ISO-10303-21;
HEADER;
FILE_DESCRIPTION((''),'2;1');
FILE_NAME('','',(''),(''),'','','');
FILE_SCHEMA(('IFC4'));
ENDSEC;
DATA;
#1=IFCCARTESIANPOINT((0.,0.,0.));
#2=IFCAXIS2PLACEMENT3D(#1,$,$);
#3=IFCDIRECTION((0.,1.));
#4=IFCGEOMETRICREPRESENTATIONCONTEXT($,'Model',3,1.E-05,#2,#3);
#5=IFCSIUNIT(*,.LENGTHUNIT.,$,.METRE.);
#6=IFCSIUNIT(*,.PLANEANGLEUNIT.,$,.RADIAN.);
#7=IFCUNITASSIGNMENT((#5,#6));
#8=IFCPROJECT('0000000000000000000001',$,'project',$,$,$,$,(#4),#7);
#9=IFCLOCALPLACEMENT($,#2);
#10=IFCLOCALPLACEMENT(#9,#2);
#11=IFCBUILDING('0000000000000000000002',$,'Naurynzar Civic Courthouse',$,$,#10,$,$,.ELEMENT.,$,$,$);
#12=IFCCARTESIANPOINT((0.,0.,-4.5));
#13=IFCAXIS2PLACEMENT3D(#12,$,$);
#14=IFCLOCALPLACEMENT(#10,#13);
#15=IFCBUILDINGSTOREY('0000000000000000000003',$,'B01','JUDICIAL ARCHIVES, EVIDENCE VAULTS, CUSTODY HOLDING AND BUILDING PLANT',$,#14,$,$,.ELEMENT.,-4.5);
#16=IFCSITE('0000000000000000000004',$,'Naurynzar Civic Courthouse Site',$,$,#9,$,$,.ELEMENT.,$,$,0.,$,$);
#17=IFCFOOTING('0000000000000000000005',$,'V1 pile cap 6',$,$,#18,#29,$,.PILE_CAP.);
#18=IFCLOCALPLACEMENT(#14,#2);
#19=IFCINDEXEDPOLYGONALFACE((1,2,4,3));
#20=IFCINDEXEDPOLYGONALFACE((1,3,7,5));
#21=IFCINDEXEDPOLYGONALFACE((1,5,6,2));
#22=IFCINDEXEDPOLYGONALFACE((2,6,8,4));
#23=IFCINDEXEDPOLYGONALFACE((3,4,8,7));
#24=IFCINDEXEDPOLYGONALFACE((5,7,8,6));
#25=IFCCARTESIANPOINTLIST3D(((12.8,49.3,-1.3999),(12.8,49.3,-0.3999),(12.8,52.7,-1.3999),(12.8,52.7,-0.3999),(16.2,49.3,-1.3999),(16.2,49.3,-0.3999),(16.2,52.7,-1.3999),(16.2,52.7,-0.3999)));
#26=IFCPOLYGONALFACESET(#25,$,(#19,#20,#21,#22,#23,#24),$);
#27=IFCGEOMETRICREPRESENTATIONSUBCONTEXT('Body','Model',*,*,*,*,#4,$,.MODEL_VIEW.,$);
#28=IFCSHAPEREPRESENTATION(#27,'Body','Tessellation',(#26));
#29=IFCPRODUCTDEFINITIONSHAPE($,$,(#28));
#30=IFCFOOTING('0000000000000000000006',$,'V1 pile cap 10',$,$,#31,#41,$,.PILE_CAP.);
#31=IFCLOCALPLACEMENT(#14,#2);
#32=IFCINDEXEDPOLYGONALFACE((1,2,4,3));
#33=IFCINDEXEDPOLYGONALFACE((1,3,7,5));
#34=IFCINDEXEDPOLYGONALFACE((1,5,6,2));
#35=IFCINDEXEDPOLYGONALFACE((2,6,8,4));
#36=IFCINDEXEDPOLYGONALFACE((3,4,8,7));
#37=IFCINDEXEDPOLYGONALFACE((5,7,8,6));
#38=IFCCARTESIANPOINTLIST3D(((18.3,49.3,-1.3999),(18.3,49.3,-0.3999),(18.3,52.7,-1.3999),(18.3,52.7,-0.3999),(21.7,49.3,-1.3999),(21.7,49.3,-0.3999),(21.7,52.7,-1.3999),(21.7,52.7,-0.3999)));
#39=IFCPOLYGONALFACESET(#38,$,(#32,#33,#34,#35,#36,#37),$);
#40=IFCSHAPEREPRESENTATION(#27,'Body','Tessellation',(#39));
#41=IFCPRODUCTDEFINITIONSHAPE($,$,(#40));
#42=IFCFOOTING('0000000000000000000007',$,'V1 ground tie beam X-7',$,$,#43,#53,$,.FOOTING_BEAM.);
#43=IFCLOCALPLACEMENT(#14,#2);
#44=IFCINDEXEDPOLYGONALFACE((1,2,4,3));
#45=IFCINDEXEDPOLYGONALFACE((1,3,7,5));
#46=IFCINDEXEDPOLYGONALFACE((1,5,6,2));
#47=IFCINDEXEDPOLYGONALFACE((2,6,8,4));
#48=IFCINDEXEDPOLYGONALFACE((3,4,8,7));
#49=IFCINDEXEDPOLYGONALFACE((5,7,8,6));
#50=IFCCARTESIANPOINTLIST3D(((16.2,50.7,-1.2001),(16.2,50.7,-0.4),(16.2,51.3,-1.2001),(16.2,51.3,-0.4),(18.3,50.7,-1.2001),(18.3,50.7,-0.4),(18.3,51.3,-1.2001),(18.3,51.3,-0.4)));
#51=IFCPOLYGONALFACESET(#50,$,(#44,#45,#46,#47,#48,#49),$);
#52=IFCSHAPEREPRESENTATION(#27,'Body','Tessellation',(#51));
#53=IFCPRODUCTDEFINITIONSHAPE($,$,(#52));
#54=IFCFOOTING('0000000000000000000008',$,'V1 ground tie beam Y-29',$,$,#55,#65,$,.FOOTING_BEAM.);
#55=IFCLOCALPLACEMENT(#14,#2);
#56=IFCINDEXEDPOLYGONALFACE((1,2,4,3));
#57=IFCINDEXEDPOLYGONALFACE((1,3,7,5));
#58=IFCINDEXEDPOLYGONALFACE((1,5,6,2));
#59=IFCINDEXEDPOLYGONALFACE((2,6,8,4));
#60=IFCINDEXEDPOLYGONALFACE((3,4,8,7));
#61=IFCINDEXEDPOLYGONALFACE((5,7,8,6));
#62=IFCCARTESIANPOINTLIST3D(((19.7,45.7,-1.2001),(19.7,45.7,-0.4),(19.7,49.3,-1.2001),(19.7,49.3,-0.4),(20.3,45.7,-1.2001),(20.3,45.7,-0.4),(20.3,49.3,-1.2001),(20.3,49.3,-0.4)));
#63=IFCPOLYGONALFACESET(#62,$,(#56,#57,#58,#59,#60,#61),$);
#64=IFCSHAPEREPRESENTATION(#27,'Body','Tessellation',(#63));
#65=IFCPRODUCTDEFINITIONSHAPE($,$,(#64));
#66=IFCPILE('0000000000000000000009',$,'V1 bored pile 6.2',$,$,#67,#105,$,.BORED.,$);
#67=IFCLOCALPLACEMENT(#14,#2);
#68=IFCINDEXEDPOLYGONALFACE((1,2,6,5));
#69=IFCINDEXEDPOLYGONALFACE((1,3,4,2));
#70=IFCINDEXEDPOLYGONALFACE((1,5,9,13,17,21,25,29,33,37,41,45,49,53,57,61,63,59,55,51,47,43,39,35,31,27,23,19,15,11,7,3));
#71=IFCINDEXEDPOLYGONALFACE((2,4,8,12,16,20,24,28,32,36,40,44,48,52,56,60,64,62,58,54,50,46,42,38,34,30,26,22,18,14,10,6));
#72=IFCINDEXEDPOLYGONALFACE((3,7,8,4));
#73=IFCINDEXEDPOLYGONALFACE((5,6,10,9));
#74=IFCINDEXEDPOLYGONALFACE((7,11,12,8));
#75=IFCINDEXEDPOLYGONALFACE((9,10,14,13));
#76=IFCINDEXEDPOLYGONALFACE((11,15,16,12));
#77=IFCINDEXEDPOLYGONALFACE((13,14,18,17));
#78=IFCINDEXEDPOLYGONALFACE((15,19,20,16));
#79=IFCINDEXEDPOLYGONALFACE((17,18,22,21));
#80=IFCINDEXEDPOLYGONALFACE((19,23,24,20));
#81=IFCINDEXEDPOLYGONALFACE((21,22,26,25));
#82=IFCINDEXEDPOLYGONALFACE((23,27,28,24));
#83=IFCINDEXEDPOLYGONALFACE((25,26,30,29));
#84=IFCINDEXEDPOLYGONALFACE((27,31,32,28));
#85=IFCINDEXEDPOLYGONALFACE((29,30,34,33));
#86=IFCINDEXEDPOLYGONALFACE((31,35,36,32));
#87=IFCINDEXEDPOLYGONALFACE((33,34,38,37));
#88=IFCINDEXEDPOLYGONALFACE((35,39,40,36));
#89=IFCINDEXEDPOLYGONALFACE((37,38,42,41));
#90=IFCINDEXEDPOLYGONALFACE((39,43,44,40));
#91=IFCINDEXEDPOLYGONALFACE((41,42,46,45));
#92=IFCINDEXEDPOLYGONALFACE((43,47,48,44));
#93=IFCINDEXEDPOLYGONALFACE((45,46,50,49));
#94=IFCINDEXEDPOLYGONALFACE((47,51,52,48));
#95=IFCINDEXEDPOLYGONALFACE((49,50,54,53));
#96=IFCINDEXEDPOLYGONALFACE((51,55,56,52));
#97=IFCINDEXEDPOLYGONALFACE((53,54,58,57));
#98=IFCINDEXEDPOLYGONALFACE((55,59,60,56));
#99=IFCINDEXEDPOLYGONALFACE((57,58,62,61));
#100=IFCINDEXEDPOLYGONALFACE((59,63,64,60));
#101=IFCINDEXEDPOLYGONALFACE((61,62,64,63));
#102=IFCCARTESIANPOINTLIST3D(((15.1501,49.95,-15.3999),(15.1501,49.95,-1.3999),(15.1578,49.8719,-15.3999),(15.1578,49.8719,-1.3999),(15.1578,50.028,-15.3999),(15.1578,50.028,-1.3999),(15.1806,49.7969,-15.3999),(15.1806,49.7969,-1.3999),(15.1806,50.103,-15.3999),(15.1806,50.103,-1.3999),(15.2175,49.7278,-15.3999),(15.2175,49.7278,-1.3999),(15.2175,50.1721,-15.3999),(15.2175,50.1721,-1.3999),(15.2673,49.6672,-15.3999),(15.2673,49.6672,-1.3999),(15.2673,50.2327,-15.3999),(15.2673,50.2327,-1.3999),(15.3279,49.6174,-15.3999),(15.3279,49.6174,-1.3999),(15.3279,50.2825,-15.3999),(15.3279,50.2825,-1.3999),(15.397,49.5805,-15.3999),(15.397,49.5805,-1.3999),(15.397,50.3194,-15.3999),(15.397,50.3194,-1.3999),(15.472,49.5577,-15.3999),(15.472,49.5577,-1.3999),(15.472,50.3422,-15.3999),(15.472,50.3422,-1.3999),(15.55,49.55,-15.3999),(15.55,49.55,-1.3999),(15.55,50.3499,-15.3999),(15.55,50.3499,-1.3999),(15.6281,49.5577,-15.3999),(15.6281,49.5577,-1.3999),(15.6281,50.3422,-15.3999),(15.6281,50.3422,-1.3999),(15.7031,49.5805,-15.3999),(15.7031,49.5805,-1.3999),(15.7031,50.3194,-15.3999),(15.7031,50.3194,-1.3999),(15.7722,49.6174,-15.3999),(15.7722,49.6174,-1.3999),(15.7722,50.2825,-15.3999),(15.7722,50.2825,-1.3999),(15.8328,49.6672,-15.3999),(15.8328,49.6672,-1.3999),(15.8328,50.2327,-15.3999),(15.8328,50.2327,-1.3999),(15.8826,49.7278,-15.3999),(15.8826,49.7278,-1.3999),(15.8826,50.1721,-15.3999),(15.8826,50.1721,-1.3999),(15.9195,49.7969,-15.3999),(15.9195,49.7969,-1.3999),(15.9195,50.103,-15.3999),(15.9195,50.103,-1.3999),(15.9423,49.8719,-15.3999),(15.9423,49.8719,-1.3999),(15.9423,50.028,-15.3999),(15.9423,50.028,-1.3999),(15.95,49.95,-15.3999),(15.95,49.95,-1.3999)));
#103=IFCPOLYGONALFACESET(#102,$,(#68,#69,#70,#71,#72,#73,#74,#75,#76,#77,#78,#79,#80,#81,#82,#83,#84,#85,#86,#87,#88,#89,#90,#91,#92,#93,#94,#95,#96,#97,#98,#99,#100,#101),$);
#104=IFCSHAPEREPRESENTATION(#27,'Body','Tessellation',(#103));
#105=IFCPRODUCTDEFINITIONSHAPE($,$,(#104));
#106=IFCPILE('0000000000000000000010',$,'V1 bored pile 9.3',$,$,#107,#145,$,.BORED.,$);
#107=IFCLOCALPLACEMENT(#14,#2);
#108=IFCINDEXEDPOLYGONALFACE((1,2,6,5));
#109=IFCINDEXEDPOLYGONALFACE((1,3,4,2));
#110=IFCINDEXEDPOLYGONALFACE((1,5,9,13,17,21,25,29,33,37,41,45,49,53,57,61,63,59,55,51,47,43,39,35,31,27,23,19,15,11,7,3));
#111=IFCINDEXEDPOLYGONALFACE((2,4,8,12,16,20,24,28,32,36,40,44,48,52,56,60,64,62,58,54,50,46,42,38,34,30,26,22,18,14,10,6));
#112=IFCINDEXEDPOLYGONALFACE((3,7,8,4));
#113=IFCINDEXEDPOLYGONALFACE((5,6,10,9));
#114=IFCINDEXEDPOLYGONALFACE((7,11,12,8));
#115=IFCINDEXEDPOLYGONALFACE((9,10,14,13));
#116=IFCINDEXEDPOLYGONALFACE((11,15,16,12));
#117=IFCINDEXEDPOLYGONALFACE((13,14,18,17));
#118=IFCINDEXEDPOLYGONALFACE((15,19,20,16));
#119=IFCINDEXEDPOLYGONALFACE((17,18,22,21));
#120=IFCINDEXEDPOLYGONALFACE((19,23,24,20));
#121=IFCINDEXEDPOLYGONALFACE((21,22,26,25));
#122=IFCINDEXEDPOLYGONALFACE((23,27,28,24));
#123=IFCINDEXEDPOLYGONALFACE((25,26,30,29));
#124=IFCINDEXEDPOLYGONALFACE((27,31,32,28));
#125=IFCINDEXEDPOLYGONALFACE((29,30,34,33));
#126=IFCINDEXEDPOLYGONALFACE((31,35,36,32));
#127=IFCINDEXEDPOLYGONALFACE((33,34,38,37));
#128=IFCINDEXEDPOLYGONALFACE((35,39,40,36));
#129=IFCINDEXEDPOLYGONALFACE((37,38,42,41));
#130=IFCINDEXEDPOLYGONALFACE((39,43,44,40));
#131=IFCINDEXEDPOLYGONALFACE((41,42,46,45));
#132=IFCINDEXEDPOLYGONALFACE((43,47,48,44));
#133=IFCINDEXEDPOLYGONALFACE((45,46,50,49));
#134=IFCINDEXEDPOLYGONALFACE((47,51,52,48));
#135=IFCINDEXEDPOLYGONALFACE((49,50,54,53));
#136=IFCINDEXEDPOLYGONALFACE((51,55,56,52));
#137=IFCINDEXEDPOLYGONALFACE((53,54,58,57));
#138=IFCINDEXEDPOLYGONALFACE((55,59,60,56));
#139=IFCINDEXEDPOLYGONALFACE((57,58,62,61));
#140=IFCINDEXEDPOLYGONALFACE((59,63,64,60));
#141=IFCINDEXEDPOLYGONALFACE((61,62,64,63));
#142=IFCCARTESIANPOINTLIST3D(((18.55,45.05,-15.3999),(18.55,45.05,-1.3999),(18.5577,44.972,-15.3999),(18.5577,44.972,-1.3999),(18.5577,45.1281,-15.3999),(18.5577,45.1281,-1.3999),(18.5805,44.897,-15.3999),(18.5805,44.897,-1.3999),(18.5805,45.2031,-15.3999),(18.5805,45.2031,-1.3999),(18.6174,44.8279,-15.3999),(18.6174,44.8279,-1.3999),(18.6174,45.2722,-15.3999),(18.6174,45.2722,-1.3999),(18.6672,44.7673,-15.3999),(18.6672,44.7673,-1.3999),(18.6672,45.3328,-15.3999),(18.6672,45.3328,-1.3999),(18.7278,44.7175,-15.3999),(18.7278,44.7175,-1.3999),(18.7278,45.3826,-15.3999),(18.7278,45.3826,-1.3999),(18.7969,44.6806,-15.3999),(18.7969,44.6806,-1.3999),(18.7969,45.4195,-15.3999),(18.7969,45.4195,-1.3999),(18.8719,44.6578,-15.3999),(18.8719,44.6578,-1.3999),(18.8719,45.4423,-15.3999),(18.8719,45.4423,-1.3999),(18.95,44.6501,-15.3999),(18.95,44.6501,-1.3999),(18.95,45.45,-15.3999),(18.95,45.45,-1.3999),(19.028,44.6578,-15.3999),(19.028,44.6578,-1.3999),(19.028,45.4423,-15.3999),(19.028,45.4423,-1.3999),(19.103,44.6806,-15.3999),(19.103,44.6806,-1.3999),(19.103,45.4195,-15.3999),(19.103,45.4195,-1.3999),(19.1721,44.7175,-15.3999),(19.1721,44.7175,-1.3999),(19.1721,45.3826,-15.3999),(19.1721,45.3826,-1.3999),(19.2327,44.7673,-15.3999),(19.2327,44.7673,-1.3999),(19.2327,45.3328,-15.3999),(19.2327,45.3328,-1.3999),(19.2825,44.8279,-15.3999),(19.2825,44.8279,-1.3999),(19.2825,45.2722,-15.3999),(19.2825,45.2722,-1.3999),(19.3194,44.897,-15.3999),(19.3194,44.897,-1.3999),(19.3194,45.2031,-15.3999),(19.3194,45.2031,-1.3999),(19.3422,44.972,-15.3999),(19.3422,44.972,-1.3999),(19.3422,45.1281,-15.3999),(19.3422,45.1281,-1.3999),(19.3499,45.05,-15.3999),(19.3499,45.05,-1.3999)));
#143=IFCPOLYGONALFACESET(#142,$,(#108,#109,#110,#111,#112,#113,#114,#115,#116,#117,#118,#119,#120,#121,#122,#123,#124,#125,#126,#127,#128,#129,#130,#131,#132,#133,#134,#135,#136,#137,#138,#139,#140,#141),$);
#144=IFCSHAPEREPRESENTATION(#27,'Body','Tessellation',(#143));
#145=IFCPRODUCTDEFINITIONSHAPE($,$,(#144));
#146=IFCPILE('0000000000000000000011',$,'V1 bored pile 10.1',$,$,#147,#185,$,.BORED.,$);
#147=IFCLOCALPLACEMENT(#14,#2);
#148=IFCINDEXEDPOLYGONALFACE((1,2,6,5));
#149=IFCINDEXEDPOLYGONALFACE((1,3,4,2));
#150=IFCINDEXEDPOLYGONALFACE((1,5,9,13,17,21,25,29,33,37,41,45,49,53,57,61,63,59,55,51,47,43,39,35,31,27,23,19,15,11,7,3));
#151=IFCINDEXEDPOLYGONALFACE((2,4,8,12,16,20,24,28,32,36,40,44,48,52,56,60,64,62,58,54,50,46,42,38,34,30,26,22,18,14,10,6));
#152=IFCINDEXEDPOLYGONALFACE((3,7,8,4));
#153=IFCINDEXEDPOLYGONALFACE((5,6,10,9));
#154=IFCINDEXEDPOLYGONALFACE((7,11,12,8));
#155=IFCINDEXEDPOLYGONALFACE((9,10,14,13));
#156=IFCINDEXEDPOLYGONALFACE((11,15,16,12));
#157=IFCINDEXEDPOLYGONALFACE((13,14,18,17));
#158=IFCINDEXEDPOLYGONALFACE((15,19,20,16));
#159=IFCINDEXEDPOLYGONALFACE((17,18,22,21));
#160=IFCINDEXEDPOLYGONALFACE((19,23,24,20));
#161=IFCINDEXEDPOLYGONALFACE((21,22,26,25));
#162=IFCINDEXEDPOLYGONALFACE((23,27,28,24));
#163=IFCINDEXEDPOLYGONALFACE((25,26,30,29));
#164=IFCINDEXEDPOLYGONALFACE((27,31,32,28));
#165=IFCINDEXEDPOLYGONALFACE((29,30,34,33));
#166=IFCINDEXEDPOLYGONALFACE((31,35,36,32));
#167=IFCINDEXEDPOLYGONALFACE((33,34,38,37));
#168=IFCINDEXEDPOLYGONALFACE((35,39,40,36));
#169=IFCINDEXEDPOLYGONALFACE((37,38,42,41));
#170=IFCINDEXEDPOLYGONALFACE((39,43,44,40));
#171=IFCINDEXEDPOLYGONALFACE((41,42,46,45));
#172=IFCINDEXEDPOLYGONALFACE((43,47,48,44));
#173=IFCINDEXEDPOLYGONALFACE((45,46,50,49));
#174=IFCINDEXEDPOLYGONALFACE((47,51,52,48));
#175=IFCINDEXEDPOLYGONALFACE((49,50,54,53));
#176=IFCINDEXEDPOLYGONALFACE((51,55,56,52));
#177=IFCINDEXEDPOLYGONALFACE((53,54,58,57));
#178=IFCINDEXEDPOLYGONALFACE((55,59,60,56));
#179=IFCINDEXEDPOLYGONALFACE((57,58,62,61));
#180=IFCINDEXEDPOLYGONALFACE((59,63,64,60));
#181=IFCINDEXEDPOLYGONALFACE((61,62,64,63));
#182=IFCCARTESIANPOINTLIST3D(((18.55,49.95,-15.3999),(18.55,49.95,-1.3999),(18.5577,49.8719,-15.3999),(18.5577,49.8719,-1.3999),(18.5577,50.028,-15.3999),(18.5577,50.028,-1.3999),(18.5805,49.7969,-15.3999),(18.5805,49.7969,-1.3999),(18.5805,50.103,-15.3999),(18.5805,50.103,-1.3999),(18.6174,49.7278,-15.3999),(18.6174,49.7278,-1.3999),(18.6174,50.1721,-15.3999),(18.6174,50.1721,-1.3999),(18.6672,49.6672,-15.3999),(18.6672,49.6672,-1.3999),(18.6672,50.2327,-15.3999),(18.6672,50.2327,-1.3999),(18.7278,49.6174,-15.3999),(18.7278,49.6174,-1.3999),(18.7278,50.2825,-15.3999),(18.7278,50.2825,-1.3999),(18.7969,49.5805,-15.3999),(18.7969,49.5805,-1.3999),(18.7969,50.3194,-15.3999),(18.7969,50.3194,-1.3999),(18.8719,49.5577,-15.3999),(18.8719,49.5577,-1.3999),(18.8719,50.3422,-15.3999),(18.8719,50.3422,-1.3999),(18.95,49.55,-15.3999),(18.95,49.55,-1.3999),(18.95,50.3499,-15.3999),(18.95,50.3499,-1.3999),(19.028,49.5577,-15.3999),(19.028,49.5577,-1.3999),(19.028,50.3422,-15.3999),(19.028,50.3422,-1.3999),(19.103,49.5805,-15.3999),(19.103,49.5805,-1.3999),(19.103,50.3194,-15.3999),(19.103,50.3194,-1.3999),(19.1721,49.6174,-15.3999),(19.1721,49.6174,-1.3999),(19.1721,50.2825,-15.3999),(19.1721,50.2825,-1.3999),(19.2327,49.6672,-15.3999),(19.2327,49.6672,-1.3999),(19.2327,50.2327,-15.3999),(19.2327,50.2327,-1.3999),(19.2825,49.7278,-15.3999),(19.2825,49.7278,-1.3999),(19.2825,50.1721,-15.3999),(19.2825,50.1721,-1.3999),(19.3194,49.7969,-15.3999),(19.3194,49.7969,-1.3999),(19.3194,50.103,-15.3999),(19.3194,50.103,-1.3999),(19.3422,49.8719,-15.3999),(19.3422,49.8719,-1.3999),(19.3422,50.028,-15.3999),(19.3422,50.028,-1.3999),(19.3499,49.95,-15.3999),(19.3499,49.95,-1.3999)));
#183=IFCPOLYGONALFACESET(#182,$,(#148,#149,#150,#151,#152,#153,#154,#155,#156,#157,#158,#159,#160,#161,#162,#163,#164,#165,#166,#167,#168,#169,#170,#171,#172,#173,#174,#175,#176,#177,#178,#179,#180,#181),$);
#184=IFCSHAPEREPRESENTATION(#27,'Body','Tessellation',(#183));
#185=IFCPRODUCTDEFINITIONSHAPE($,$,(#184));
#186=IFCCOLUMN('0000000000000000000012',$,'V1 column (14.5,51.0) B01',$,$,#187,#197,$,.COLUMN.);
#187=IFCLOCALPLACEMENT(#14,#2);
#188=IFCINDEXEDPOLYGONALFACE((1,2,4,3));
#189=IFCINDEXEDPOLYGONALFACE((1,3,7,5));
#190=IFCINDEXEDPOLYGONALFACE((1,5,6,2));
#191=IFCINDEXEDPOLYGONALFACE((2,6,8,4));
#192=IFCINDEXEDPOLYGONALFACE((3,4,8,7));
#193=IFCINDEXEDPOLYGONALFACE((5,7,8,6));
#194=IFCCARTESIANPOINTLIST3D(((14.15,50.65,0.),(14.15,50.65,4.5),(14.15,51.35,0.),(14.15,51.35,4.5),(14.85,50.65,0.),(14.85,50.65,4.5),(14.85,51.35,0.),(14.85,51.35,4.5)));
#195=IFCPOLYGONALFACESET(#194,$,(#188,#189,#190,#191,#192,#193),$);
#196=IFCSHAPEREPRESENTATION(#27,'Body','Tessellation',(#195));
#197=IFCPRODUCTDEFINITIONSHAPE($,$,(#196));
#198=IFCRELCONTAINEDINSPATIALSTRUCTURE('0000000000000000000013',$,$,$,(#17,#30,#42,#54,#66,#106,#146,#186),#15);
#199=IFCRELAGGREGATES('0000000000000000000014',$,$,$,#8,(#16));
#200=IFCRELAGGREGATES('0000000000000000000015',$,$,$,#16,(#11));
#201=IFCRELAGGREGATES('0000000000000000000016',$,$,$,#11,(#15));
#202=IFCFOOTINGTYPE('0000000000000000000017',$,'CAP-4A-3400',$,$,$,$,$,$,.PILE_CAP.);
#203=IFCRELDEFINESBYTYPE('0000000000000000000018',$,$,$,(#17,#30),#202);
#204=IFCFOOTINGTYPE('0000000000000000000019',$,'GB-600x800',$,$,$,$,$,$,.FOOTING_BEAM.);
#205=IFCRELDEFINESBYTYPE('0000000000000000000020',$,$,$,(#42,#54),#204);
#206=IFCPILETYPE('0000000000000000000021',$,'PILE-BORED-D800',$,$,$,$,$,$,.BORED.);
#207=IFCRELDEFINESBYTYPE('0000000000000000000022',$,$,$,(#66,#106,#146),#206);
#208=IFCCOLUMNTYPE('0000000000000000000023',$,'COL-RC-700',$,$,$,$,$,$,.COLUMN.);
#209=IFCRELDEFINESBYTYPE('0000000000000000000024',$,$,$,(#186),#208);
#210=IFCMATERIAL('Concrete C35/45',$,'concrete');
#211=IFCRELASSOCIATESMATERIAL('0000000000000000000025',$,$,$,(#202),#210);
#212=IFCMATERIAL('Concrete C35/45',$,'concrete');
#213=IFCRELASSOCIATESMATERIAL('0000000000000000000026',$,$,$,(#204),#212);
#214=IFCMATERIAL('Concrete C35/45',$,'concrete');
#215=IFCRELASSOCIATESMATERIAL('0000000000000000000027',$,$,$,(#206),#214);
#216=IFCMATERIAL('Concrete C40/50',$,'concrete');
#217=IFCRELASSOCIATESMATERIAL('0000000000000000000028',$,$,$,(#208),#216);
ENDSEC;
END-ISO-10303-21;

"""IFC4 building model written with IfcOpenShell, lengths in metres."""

from ifc_helpers import new_model, si_unit, direction, frame, origin, origin_2d, place, context, subcontext, project, spatial, rectangle, circle, extrude, material, material_profile, profile_set, type_object, element, save


model = new_model("IFC4")

# Units and contexts
model_context = context("Model", 3, precision=1e-05, world=origin(), true_north=direction((0.0, 1.0)))
body_context = subcontext(model_context, "Body", "Model", "MODEL_VIEW")
ifc_project = project(units=[si_unit("LENGTHUNIT", "METRE"), si_unit("PLANEANGLEUNIT", "RADIAN")], contexts=[model_context])

# Site, building, storey
site_placement = place(None, origin())
site = spatial("IfcSite", under=ifc_project, at=site_placement, Name="Naurynzar Civic Courthouse Site", CompositionType="ELEMENT", RefElevation=0.0)
building_placement = place(site_placement, origin())
building = spatial("IfcBuilding", under=site, at=building_placement, Name="Naurynzar Civic Courthouse", CompositionType="ELEMENT")
storey_placement = place(building_placement, frame((0.0, 0.0, -4.5)))
storey = spatial("IfcBuildingStorey", under=building, at=storey_placement, Name="B01", Description="JUDICIAL ARCHIVES, EVIDENCE VAULTS, CUSTODY HOLDING AND BUILDING PLANT", CompositionType="ELEMENT", Elevation=-4.5)

# Footings
ifc_material_1 = material(Name="Concrete C35/45", Category="concrete")
footing_type_1 = type_object("IfcFootingType", Name="CAP-4A-3400", PredefinedType="PILE_CAP", material=ifc_material_1)
for number, where, z_axis, x_axis, name in (
    (1, (14.5, 51.0, -1.3999), (0.0, 0.0, 1.0), (1.0, 0.0, 0.0), "V1 pile cap 6"),
    (2, (20.0, 51.0, -1.3999), (0.0, 0.0, 1.0), (1.0, 0.0, 0.0), "V1 pile cap 10"),
):
    element("IfcFooting", number, at=place(storey_placement, frame(where, z_axis=z_axis, x_axis=x_axis)), inside=storey, type_object=footing_type_1, Name=name, PredefinedType="PILE_CAP", context=body_context, shape_type="SweptSolid", body=[
        extrude(rectangle(XDim=3.3999, YDim=3.3999, at=origin_2d()), origin(), (0.0, 0.0, 1.0), 1.0),
    ])
ifc_material_2 = material(Name="Concrete C35/45", Category="concrete")
ifc_material_profile_1 = material_profile(ifc_material_2, rectangle(XDim=0.6001, YDim=0.8, at=origin_2d()), Name="GB 600x800")
ifc_profile_set_1 = profile_set([ifc_material_profile_1], Name="Concrete C35/45")
footing_type_2 = type_object("IfcFootingType", Name="GB-600x800", PredefinedType="FOOTING_BEAM", material=ifc_profile_set_1)
footing_1_placement = place(storey_placement, frame((16.2, 51.0, -0.8), z_axis=(1.0, 0.0, 0.0), x_axis=(0.0, 1.0, 0.0)))
element("IfcFooting", 3, at=footing_1_placement, inside=storey, type_object=footing_type_2, Name="V1 ground tie beam X-7", PredefinedType="FOOTING_BEAM", context=body_context, shape_type="SweptSolid", body=[
    extrude(rectangle(XDim=0.6001, YDim=0.8, at=origin_2d()), origin(), (0.0, 0.0, 1.0), 2.1001),
])
footing_2_placement = place(storey_placement, frame((20.0, 45.7, -0.8), z_axis=(0.0, 1.0, 0.0), x_axis=(-1.0, 0.0, 0.0)))
element("IfcFooting", 4, at=footing_2_placement, inside=storey, type_object=footing_type_2, Name="V1 ground tie beam Y-29", PredefinedType="FOOTING_BEAM", context=body_context, shape_type="SweptSolid", body=[
    extrude(rectangle(XDim=0.6001, YDim=0.8, at=origin_2d()), origin(), (0.0, 0.0, 1.0), 3.6001),
])

# Piles
ifc_material_3 = material(Name="Concrete C35/45", Category="concrete")
ifc_material_profile_2 = material_profile(ifc_material_3, circle(Radius=0.3999, at=origin_2d()), Name="PILE D800")
ifc_profile_set_2 = profile_set([ifc_material_profile_2], Name="Concrete C35/45")
pile_type = type_object("IfcPileType", Name="PILE-BORED-D800", PredefinedType="BORED", material=ifc_profile_set_2)
for number, where, z_axis, x_axis, name in (
    (5, (15.55, 49.95, -1.3999), (0.0, 0.0, -1.0), (1.0, 0.0, 0.0), "V1 bored pile 6.2"),
    (6, (18.95, 45.05, -1.3999), (0.0, 0.0, -1.0), (1.0, 0.0, 0.0), "V1 bored pile 9.3"),
    (7, (18.95, 49.95, -1.3999), (0.0, 0.0, -1.0), (1.0, 0.0, 0.0), "V1 bored pile 10.1"),
):
    element("IfcPile", number, at=place(storey_placement, frame(where, z_axis=z_axis, x_axis=x_axis)), inside=storey, type_object=pile_type, Name=name, PredefinedType="BORED", context=body_context, shape_type="SweptSolid", body=[
        extrude(circle(Radius=0.3999, at=origin_2d()), origin(), (0.0, 0.0, 1.0), 14.0),
    ])

# Column
ifc_material_4 = material(Name="Concrete C40/50", Category="concrete")
ifc_material_profile_3 = material_profile(ifc_material_4, rectangle(XDim=0.7, YDim=0.7, at=origin_2d()), Name="RC 700x700")
ifc_profile_set_3 = profile_set([ifc_material_profile_3], Name="Concrete C40/50")
column_type = type_object("IfcColumnType", Name="COL-RC-700", PredefinedType="COLUMN", material=ifc_profile_set_3)
for number, where, z_axis, x_axis, name in (
    (8, (14.5, 51.0, 0.0), (0.0, 0.0, 1.0), (1.0, 0.0, 0.0), "V1 column (14.5,51.0) B01"),
):
    element("IfcColumn", number, at=place(storey_placement, frame(where, z_axis=z_axis, x_axis=x_axis)), inside=storey, type_object=column_type, Name=name, PredefinedType="COLUMN", context=body_context, shape_type="SweptSolid", body=[
        extrude(rectangle(XDim=0.7, YDim=0.7, at=origin_2d()), origin(), (0.0, 0.0, 1.0), 4.5),
    ])

save(model, "model.ifc")
